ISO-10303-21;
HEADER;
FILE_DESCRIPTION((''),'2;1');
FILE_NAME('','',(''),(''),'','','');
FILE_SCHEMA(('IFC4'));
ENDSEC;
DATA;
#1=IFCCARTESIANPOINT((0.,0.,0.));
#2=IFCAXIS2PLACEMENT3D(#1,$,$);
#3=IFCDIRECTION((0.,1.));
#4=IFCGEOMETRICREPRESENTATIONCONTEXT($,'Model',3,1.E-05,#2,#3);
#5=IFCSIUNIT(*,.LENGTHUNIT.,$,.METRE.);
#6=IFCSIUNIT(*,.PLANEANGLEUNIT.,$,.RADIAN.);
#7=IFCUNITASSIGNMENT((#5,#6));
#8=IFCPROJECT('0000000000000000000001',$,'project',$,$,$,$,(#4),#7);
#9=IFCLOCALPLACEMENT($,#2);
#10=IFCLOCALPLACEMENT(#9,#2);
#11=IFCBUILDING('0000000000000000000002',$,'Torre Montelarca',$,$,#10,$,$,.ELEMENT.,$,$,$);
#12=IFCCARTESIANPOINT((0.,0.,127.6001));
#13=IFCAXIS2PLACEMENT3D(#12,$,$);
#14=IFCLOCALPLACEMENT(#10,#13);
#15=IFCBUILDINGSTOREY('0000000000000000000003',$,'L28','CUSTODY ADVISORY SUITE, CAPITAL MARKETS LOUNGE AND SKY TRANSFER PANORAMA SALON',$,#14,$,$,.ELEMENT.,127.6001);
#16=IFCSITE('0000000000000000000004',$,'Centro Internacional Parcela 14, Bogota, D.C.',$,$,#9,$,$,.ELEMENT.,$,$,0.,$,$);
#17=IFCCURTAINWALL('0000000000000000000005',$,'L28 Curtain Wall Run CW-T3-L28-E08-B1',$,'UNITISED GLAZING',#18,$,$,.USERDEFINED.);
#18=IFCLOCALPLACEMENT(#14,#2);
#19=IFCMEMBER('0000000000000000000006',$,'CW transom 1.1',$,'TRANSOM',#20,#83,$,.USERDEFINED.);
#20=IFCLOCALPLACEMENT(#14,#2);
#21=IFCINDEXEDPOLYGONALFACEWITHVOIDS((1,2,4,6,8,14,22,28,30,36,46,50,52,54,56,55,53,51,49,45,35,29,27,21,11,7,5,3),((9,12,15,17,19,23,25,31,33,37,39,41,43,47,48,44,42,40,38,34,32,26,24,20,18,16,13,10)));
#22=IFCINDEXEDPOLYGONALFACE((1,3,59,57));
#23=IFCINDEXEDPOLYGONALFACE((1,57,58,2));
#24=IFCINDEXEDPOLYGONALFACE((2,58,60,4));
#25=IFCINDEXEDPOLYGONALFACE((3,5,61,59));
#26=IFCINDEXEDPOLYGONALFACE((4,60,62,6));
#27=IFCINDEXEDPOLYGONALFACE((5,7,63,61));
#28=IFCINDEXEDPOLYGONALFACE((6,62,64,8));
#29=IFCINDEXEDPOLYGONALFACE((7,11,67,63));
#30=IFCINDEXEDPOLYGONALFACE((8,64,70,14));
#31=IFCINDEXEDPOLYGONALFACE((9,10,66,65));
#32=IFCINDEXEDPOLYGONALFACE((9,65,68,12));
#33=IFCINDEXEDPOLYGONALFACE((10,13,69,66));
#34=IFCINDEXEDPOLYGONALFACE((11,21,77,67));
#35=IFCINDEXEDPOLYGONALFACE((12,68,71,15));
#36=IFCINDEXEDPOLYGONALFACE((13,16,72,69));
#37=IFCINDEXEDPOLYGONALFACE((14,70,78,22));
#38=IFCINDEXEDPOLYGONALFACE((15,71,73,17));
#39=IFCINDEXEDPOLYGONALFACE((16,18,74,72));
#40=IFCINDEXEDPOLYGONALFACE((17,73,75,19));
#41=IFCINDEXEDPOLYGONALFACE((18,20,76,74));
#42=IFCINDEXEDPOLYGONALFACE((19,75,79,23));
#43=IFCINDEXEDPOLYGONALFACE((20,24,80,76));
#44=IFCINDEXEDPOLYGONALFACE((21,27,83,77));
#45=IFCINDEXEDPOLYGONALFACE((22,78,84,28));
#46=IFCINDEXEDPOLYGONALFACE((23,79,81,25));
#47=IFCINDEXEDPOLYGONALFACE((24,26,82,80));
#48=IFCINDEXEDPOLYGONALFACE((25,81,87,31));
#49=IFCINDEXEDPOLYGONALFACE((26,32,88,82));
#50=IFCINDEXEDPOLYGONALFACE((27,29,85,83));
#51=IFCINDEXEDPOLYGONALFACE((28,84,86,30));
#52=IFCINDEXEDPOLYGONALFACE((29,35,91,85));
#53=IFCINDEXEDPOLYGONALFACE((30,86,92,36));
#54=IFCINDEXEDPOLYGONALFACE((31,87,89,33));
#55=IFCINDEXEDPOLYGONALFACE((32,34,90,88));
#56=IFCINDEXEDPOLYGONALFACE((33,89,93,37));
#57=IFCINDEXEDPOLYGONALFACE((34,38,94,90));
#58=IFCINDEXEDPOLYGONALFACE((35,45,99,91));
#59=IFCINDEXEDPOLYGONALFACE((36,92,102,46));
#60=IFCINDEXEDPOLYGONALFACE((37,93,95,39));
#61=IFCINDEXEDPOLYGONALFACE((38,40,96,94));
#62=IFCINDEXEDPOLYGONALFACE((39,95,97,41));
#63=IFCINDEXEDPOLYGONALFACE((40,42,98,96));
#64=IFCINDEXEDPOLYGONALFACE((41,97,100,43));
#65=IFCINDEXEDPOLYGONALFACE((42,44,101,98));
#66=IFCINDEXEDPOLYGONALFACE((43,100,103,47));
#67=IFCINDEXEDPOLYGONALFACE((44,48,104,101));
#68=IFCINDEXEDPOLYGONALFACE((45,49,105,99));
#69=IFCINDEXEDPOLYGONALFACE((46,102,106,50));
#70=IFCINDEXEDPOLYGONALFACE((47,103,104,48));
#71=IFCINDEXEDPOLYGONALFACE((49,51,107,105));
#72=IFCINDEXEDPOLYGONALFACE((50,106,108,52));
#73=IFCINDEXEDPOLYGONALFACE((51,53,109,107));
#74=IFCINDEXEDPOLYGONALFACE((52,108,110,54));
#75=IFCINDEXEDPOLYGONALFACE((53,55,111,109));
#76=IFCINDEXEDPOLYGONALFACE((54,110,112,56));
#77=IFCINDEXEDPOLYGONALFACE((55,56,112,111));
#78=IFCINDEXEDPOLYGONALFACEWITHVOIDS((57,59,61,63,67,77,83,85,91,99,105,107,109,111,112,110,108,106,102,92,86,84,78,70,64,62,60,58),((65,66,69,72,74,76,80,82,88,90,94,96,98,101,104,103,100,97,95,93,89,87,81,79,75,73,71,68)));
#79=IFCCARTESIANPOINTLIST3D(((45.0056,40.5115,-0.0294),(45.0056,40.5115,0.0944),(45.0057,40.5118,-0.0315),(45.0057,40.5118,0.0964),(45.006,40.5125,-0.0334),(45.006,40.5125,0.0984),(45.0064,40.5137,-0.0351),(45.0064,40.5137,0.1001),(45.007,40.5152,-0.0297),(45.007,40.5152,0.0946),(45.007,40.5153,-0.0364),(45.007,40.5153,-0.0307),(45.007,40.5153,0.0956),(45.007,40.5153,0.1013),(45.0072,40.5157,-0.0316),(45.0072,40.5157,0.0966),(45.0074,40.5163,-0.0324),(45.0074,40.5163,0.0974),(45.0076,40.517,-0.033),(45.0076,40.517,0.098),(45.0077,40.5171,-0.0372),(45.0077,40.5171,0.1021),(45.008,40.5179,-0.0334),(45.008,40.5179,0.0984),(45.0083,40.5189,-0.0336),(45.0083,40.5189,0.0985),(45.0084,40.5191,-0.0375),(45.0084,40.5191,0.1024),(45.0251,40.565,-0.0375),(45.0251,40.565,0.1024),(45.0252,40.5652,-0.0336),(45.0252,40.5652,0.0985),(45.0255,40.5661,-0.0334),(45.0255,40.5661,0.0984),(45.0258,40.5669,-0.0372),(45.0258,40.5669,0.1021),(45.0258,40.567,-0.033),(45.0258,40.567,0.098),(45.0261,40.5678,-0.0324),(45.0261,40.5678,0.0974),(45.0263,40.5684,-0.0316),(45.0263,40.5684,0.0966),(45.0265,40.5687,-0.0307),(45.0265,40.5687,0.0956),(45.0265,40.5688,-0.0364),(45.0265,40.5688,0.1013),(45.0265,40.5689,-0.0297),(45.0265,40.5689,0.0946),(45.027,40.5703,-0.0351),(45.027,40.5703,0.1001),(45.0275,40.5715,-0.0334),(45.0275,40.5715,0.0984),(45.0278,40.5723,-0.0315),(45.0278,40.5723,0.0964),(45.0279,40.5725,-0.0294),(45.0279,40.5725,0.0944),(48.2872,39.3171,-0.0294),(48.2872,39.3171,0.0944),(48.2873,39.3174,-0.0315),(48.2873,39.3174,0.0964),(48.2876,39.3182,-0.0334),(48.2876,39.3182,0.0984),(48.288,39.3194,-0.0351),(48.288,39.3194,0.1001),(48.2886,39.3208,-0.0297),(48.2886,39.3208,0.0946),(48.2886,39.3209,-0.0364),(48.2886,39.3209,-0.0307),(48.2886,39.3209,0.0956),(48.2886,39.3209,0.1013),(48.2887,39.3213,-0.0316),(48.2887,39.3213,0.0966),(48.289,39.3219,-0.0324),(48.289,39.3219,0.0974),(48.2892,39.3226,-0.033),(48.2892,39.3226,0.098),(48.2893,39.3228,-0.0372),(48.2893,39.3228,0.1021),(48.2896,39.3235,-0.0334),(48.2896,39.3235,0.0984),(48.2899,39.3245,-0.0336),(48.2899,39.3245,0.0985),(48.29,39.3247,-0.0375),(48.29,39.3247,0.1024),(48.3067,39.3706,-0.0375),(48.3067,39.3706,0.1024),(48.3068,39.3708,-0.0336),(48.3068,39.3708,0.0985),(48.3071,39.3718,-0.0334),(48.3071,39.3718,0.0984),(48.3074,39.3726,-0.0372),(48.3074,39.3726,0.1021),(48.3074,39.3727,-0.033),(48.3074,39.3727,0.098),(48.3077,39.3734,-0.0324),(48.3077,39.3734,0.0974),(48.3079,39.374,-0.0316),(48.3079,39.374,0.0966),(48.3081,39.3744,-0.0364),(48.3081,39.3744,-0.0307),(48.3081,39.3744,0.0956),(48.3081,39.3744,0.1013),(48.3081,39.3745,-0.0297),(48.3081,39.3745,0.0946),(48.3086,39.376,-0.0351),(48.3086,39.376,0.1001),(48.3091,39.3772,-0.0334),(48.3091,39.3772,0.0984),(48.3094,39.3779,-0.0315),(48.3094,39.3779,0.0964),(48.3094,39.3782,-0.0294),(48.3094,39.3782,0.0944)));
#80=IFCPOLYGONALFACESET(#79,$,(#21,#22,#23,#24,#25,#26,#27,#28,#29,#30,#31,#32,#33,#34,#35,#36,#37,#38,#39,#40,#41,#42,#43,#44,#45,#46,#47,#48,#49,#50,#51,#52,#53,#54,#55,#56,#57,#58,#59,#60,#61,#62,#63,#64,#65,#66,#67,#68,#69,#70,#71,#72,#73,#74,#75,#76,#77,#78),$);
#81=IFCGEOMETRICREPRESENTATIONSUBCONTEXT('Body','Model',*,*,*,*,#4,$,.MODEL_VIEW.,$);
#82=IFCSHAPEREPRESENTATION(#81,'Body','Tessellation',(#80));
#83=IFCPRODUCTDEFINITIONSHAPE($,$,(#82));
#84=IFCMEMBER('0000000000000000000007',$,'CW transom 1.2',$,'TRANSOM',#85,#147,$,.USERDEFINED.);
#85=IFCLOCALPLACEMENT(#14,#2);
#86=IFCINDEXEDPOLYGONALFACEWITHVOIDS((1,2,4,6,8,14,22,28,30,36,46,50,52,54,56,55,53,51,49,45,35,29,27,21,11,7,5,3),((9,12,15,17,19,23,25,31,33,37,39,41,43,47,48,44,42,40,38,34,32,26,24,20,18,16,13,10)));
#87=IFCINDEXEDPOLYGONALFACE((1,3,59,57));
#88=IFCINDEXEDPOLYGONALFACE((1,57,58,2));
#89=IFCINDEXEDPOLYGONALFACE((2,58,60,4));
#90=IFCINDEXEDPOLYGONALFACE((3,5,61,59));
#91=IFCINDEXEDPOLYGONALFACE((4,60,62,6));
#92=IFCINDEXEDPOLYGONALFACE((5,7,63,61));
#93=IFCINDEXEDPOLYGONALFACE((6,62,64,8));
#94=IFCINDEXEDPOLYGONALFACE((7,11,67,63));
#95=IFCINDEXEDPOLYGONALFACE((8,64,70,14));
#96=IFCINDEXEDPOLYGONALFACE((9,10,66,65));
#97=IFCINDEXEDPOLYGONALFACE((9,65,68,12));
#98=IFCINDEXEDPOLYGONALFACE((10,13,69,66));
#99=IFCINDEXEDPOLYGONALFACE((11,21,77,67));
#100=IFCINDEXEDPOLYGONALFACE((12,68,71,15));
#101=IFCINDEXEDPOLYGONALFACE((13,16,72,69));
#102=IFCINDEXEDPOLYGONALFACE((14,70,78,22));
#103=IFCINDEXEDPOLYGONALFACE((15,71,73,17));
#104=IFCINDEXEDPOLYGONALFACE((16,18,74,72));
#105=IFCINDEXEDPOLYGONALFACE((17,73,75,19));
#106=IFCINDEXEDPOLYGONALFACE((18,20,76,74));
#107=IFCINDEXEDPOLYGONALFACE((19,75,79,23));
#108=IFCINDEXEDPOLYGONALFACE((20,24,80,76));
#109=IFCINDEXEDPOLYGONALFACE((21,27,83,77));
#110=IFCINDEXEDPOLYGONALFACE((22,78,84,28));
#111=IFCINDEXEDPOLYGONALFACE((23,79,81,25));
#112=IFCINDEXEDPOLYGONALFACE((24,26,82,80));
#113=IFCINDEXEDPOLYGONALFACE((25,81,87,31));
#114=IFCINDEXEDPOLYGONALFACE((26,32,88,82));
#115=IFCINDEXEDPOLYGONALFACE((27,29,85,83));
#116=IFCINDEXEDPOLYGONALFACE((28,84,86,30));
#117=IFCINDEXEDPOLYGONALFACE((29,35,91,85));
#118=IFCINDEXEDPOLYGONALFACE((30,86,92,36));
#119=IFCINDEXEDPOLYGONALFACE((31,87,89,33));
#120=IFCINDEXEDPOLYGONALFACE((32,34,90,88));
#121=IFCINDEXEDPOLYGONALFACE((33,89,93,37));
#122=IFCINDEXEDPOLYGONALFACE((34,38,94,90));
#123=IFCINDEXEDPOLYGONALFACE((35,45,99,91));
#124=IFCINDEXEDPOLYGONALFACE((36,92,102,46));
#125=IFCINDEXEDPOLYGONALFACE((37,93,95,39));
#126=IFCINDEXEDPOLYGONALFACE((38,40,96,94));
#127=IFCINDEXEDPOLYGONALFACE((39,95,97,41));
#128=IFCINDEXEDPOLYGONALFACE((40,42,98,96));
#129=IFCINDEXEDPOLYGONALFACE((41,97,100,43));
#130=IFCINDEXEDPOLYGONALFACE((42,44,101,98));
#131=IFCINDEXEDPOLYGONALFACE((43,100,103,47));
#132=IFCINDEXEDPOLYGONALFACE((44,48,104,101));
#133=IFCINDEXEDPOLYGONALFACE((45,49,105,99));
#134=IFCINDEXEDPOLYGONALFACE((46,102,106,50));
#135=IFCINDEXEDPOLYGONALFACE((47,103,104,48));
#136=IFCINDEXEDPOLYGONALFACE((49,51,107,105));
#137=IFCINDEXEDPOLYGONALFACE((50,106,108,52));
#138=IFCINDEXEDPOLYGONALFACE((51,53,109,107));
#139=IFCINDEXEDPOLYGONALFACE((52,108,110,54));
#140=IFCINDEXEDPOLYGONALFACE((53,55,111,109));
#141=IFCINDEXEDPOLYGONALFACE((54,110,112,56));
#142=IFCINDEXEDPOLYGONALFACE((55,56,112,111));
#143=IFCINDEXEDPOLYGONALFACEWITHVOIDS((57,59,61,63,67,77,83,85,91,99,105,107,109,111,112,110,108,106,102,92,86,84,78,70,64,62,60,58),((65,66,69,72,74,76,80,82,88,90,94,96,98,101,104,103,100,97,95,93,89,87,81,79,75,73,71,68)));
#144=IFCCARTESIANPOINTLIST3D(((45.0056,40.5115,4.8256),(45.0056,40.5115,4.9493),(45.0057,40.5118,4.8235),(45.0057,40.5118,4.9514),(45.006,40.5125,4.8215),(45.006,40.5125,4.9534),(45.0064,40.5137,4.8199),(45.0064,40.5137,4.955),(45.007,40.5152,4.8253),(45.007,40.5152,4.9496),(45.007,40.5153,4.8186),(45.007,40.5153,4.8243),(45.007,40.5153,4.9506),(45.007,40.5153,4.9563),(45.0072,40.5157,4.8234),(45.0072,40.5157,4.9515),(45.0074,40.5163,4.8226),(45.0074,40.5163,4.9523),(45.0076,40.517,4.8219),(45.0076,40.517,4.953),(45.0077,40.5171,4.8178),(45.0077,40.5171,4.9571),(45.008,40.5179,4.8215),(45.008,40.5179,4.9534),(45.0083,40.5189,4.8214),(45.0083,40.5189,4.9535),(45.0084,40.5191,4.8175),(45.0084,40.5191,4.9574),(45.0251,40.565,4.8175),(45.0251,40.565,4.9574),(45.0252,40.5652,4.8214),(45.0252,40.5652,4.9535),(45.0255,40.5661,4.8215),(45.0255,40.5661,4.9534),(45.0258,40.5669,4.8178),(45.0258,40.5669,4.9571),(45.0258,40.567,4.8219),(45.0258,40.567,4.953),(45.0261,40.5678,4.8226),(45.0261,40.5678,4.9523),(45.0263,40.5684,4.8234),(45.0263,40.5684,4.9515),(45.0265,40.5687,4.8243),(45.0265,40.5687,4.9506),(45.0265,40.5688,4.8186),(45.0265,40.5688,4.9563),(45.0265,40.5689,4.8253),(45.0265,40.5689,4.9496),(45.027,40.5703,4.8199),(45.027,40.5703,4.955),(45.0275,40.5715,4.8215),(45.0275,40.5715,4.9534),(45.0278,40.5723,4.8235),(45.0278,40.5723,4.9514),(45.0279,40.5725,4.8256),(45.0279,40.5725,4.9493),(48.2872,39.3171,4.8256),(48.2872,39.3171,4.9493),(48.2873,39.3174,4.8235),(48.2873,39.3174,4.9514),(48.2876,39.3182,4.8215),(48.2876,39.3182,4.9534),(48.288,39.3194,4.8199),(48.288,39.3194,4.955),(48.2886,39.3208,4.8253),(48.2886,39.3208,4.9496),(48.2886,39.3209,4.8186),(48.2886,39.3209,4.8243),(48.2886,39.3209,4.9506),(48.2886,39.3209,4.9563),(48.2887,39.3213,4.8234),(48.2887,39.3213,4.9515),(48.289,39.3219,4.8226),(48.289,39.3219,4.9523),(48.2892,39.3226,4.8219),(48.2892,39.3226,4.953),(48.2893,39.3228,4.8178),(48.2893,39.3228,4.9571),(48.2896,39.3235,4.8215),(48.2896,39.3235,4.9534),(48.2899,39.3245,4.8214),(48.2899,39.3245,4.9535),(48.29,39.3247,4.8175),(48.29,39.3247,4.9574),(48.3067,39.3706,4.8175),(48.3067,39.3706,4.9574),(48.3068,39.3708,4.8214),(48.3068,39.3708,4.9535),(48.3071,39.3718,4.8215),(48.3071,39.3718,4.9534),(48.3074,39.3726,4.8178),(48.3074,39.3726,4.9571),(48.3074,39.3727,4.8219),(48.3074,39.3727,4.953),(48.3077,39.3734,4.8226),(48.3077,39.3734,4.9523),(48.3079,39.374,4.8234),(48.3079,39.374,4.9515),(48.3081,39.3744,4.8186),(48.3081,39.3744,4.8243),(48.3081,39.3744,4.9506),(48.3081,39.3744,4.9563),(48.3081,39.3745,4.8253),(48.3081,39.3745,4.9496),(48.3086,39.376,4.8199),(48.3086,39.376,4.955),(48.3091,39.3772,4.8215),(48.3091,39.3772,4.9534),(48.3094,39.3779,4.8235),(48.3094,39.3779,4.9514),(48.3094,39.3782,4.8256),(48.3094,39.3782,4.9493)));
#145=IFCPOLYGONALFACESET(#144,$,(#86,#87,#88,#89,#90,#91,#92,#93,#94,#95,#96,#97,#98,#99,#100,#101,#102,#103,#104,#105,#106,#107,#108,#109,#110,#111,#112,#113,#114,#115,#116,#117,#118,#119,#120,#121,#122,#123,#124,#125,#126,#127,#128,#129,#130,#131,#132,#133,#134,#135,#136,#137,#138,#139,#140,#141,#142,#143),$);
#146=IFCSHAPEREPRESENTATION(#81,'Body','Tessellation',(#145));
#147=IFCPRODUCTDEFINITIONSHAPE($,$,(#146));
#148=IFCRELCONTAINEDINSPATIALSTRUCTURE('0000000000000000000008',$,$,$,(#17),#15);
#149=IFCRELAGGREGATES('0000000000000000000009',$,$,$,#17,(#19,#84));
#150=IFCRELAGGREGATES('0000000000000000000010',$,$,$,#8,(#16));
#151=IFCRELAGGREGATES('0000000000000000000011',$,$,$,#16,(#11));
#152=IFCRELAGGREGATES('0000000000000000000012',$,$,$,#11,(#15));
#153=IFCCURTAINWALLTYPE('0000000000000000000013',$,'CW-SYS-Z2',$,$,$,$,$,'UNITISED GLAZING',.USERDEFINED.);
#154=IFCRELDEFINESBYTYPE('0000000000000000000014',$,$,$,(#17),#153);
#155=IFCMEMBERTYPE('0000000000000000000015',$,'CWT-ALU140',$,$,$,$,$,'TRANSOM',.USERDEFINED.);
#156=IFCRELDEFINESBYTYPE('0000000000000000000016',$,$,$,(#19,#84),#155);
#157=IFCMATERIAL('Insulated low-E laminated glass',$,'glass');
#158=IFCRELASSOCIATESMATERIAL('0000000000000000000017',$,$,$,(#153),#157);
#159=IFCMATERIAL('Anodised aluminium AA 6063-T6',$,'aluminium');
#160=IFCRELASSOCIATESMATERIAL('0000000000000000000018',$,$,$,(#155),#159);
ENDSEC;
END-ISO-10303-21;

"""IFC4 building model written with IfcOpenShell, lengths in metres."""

from ifc_helpers import new_model, si_unit, direction, frame, origin, origin_2d, place, context, subcontext, project, spatial, hollow_rectangle, extrude, source, transform, mapped, material, material_profile, profile_set, type_object, element, aggregate, save


model = new_model("IFC4")

# Units and contexts
model_context = context("Model", 3, precision=1e-05, world=origin(), true_north=direction((0.0, 1.0)))
body_context = subcontext(model_context, "Body", "Model", "MODEL_VIEW")
ifc_project = project(units=[si_unit("LENGTHUNIT", "METRE"), si_unit("PLANEANGLEUNIT", "RADIAN")], contexts=[model_context])

# Site, building, storey
site_placement = place(None, origin())
site = spatial("IfcSite", under=ifc_project, at=site_placement, Name="Centro Internacional Parcela 14, Bogota, D.C.", CompositionType="ELEMENT", RefElevation=0.0)
building_placement = place(site_placement, origin())
building = spatial("IfcBuilding", under=site, at=building_placement, Name="Torre Montelarca", CompositionType="ELEMENT")
storey_placement = place(building_placement, frame((0.0, 0.0, 127.6001)))
storey = spatial("IfcBuildingStorey", under=building, at=storey_placement, Name="L28", Description="CUSTODY ADVISORY SUITE, CAPITAL MARKETS LOUNGE AND SKY TRANSFER PANORAMA SALON", CompositionType="ELEMENT", Elevation=127.6001)

# Curtain wall
ifc_material_1 = material(Name="Insulated low-E laminated glass", Category="glass")
curtain_wall_type = type_object("IfcCurtainWallType", Name="CW-SYS-Z2", ElementType="UNITISED GLAZING", PredefinedType="USERDEFINED", material=ifc_material_1)
ifc_material_2 = material(Name="Anodised aluminium AA 6063-T6", Category="aluminium")
ifc_material_profile_1 = material_profile(ifc_material_2, hollow_rectangle(XDim=0.0649, YDim=0.1399, WallThickness=0.0039, InnerFilletRadius=0.0039, OuterFilletRadius=0.0081, at=origin_2d()), Name="ALU65X140X4", Category="aluminium")
ifc_profile_set_1 = profile_set([ifc_material_profile_1], Name="Anodised aluminium AA 6063-T6")
member_type_1 = type_object("IfcMemberType", Name="CWT-ALU140", ElementType="TRANSOM", PredefinedType="USERDEFINED", material=ifc_profile_set_1)
curtain_wall_1_placement = place(storey_placement, origin())
curtain_wall_1 = element("IfcCurtainWall", 1, at=curtain_wall_1_placement, inside=storey, type_object=curtain_wall_type, Name="L28 Curtain Wall Run CW-T3-L28-E08-B1", ObjectType="UNITISED GLAZING", PredefinedType="USERDEFINED")

# Members
shared_shape_1 = source(origin(), body_context, "Body", "SweptSolid", [
    extrude(hollow_rectangle(XDim=0.0649, YDim=0.1399, WallThickness=0.0039, InnerFilletRadius=0.0039, OuterFilletRadius=0.0081, at=origin_2d()), origin(), (0.0, 0.0, 1.0), 3.4922),
])
member_1_placement = place(storey_placement, frame((48.2983, 39.3477, 0.0325), z_axis=(-0.939695, 0.342012, 0.0), x_axis=(-0.342012, -0.939695, 0.0)))
member_1 = element("IfcMember", 2, at=member_1_placement, type_object=member_type_1, Name="CW transom 1.1", ObjectType="TRANSOM", PredefinedType="USERDEFINED", context=body_context, shape_type="MappedRepresentation", body=[
    mapped(shared_shape_1, transform((0.0, 0.0, 0.0), scale=1.0)),
])
member_2_placement = place(storey_placement, frame((48.2983, 39.3477, 4.8875), z_axis=(-0.939695, 0.342012, 0.0), x_axis=(-0.342012, -0.939695, 0.0)))
member_2 = element("IfcMember", 3, at=member_2_placement, type_object=member_type_1, Name="CW transom 1.2", ObjectType="TRANSOM", PredefinedType="USERDEFINED", context=body_context, shape_type="MappedRepresentation", body=[
    mapped(shared_shape_1, transform((0.0, 0.0, 0.0), scale=1.0)),
])

aggregate(curtain_wall_1, [member_1, member_2])

save(model, "model.ifc")
